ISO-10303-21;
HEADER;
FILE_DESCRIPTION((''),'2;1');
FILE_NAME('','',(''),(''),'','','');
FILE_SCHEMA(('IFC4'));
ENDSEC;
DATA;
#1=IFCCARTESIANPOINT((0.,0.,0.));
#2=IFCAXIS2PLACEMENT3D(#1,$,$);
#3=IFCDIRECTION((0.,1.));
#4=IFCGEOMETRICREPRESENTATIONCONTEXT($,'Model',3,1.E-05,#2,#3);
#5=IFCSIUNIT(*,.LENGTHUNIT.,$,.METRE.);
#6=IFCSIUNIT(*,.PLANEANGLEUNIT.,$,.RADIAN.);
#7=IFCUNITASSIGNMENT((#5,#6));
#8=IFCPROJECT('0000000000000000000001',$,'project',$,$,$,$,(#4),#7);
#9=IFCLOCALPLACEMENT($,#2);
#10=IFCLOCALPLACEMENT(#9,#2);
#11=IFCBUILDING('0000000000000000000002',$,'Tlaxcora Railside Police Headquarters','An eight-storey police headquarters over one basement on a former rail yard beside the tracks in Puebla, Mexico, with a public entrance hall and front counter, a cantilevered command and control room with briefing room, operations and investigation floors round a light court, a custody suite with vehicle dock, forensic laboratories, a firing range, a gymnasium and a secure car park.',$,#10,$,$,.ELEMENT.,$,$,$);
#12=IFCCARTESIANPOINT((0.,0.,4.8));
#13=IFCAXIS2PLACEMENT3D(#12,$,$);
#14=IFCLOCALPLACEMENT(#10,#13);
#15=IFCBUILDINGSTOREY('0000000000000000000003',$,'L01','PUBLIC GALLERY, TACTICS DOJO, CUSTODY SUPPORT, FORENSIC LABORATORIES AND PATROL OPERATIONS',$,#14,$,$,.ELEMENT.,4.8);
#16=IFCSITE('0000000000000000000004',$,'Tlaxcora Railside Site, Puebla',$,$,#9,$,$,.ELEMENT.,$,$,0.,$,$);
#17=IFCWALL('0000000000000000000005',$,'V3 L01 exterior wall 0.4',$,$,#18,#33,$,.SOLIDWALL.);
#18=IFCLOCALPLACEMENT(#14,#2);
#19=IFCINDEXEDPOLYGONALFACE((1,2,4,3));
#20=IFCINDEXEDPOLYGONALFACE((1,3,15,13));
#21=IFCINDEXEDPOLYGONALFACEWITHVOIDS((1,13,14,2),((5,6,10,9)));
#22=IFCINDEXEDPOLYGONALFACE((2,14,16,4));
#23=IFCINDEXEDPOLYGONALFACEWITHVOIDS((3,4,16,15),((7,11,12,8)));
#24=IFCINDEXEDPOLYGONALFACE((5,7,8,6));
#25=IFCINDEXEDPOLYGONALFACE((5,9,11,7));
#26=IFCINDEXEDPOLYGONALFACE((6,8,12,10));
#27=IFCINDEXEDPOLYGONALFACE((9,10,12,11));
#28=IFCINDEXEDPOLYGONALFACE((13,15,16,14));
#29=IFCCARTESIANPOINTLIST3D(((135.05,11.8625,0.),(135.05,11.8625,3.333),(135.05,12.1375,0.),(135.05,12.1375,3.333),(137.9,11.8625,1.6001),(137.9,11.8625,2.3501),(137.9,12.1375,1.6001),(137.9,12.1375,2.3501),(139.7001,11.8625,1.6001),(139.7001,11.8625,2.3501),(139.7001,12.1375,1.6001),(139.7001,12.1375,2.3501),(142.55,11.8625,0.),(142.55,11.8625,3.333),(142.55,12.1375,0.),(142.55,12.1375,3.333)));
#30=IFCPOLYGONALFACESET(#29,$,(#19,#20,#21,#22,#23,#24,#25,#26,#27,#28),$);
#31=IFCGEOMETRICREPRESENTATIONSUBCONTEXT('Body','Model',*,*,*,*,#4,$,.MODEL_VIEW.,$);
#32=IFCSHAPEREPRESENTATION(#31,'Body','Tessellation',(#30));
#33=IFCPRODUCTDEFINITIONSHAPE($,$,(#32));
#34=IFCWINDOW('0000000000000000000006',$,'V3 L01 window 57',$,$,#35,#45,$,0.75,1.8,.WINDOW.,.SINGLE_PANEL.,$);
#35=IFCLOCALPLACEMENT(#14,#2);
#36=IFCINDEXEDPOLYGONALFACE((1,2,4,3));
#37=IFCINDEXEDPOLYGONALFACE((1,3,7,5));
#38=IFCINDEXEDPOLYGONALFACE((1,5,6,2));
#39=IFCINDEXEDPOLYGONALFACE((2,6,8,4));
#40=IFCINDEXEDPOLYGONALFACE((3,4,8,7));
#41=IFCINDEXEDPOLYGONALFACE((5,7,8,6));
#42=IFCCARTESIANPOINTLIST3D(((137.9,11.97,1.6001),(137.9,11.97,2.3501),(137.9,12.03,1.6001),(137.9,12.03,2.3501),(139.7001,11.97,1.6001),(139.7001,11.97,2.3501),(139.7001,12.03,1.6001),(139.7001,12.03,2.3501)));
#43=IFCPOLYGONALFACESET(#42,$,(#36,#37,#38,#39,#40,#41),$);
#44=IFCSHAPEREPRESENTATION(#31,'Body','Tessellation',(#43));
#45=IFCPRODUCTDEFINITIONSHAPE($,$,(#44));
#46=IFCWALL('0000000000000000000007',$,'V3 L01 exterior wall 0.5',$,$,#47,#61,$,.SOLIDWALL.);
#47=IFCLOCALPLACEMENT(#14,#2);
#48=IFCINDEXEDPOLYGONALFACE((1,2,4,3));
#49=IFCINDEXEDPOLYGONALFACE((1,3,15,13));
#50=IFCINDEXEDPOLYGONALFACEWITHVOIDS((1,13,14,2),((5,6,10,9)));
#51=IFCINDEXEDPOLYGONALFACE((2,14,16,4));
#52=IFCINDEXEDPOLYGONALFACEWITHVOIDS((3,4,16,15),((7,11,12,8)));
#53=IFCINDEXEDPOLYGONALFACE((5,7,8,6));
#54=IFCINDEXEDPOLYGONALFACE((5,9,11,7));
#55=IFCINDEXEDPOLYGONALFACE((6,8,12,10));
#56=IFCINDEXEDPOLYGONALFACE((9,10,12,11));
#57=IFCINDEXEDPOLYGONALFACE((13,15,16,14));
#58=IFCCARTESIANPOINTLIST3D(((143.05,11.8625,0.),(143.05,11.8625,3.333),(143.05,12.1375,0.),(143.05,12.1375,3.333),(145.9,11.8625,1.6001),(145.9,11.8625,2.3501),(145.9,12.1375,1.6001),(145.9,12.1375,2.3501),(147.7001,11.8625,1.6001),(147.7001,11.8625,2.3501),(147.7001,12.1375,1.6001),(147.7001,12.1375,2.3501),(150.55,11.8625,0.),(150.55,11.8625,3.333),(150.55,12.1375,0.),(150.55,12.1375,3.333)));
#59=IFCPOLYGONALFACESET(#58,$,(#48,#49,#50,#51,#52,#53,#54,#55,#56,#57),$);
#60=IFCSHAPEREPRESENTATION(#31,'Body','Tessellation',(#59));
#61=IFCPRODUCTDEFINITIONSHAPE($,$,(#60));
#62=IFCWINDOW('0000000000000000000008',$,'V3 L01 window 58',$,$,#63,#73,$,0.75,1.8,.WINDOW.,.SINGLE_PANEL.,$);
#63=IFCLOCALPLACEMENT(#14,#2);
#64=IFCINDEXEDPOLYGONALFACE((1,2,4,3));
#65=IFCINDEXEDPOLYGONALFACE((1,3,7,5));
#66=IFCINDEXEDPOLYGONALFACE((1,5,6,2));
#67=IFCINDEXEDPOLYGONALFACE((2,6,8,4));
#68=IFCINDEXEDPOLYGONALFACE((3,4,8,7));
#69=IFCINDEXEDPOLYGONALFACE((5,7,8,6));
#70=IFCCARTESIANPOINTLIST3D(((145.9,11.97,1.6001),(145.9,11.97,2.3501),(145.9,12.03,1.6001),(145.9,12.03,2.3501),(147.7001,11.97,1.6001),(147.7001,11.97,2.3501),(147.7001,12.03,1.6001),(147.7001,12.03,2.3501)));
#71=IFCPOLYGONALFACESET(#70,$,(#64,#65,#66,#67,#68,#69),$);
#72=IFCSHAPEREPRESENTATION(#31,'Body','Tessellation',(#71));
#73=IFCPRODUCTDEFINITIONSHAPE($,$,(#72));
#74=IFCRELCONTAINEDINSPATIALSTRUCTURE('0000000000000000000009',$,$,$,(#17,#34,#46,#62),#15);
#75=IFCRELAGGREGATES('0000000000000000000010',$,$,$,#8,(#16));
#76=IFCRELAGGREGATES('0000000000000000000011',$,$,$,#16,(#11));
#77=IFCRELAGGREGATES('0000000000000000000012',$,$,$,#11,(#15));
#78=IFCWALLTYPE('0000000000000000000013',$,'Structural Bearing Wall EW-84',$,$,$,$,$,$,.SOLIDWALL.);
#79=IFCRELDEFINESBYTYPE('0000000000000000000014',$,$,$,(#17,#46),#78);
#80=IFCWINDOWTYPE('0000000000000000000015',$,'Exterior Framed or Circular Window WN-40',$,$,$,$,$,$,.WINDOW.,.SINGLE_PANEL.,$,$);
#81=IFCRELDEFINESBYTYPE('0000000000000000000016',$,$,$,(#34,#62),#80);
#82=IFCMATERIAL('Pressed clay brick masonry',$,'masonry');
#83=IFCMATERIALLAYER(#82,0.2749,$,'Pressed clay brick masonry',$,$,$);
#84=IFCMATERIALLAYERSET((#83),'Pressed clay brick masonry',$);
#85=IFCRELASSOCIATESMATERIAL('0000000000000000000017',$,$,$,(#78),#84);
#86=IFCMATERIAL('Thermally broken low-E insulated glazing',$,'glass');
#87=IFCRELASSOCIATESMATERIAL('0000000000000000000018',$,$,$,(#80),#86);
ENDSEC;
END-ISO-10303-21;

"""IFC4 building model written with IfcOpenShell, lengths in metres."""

from ifc_helpers import new_model, si_unit, direction, frame, frame_2d, origin, place, context, subcontext, project, spatial, rectangle, extrude, material, layer, layer_set, type_object, element, fill, save


model = new_model("IFC4")

# Units and contexts
model_context = context("Model", 3, precision=1e-05, world=origin(), true_north=direction((0.0, 1.0)))
body_context = subcontext(model_context, "Body", "Model", "MODEL_VIEW")
ifc_project = project(units=[si_unit("LENGTHUNIT", "METRE"), si_unit("PLANEANGLEUNIT", "RADIAN")], contexts=[model_context])

# Site, building, storey
site_placement = place(None, origin())
site = spatial("IfcSite", under=ifc_project, at=site_placement, Name="Tlaxcora Railside Site, Puebla", CompositionType="ELEMENT", RefElevation=0.0)
building_placement = place(site_placement, origin())
building = spatial("IfcBuilding", under=site, at=building_placement, Name="Tlaxcora Railside Police Headquarters", Description="An eight-storey police headquarters over one basement on a former rail yard beside the tracks in Puebla, Mexico, with a public entrance hall and front counter, a cantilevered command and control room with briefing room, operations and investigation floors round a light court, a custody suite with vehicle dock, forensic laboratories, a firing range, a gymnasium and a secure car park.", CompositionType="ELEMENT")
storey_placement = place(building_placement, frame((0.0, 0.0, 4.8)))
storey = spatial("IfcBuildingStorey", under=building, at=storey_placement, Name="L01", Description="PUBLIC GALLERY, TACTICS DOJO, CUSTODY SUPPORT, FORENSIC LABORATORIES AND PATROL OPERATIONS", CompositionType="ELEMENT", Elevation=4.8)

# Walls, openings, windows
ifc_material_1 = material(Name="Pressed clay brick masonry", Category="masonry")
ifc_layer_1 = layer(ifc_material_1, 0.2749, Name="Pressed clay brick masonry")
ifc_layer_set_1 = layer_set([ifc_layer_1], Name="Pressed clay brick masonry")
wall_type_1 = type_object("IfcWallType", Name="Structural Bearing Wall EW-84", PredefinedType="SOLIDWALL", material=ifc_layer_set_1)
wall_1_placement = place(storey_placement, frame((135.05, 12.0, 0.0), z_axis=(0.0, 0.0, 1.0), x_axis=(1.0, 0.0, 0.0)))
wall_1 = element("IfcWall", 1, at=wall_1_placement, inside=storey, type_object=wall_type_1, Name="V3 L01 exterior wall 0.4", PredefinedType="SOLIDWALL", context=body_context, shape_type="SweptSolid", body=[
    extrude(rectangle(XDim=7.5, YDim=0.2749, at=frame_2d((3.75, 0.0))), origin(), (0.0, 0.0, 1.0), 3.333),
])
opening_1_placement = place(wall_1_placement, frame((2.8501, 0.0, 1.6001)))
opening_1 = element("IfcOpeningElement", 2, at=opening_1_placement, cuts=wall_1, PredefinedType="OPENING", context=body_context, shape_type="SweptSolid", body=[
    extrude(rectangle(XDim=1.8, YDim=0.75, at=frame_2d((0.8999, 0.375))), frame((0.0, 0.1475, 0.0), z_axis=(0.0, -1.0, 0.0), x_axis=(1.0, 0.0, 0.0)), (0.0, 0.0, 1.0), 0.2949),
])
ifc_material_2 = material(Name="Thermally broken low-E insulated glazing", Category="glass")
window_type = type_object("IfcWindowType", Name="Exterior Framed or Circular Window WN-40", PartitioningType="SINGLE_PANEL", PredefinedType="WINDOW", material=ifc_material_2)
window_1_placement = place(opening_1_placement, origin())
window_1 = element("IfcWindow", 3, at=window_1_placement, inside=storey, type_object=window_type, Name="V3 L01 window 57", OverallHeight=0.75, OverallWidth=1.8, PartitioningType="SINGLE_PANEL", PredefinedType="WINDOW", context=body_context, shape_type="SweptSolid", body=[
    extrude(rectangle(XDim=1.8, YDim=0.75, at=frame_2d((0.8999, 0.375))), frame((0.0, 0.03, 0.0), z_axis=(0.0, -1.0, 0.0), x_axis=(1.0, 0.0, 0.0)), (0.0, 0.0, 1.0), 0.0601),
])
fill(opening_1, window_1)
wall_2_placement = place(storey_placement, frame((143.05, 12.0, 0.0), z_axis=(0.0, 0.0, 1.0), x_axis=(1.0, 0.0, 0.0)))
wall_2 = element("IfcWall", 4, at=wall_2_placement, inside=storey, type_object=wall_type_1, Name="V3 L01 exterior wall 0.5", PredefinedType="SOLIDWALL", context=body_context, shape_type="SweptSolid", body=[
    extrude(rectangle(XDim=7.5, YDim=0.2749, at=frame_2d((3.75, 0.0))), origin(), (0.0, 0.0, 1.0), 3.333),
])
opening_2_placement = place(wall_2_placement, frame((2.8501, 0.0, 1.6001)))
opening_2 = element("IfcOpeningElement", 5, at=opening_2_placement, cuts=wall_2, PredefinedType="OPENING", context=body_context, shape_type="SweptSolid", body=[
    extrude(rectangle(XDim=1.8, YDim=0.75, at=frame_2d((0.8999, 0.375))), frame((0.0, 0.1475, 0.0), z_axis=(0.0, -1.0, 0.0), x_axis=(1.0, 0.0, 0.0)), (0.0, 0.0, 1.0), 0.2949),
])
window_2_placement = place(opening_2_placement, origin())
window_2 = element("IfcWindow", 6, at=window_2_placement, inside=storey, type_object=window_type, Name="V3 L01 window 58", OverallHeight=0.75, OverallWidth=1.8, PartitioningType="SINGLE_PANEL", PredefinedType="WINDOW", context=body_context, shape_type="SweptSolid", body=[
    extrude(rectangle(XDim=1.8, YDim=0.75, at=frame_2d((0.8999, 0.375))), frame((0.0, 0.03, 0.0), z_axis=(0.0, -1.0, 0.0), x_axis=(1.0, 0.0, 0.0)), (0.0, 0.0, 1.0), 0.0601),
])
fill(opening_2, window_2)

save(model, "model.ifc")
